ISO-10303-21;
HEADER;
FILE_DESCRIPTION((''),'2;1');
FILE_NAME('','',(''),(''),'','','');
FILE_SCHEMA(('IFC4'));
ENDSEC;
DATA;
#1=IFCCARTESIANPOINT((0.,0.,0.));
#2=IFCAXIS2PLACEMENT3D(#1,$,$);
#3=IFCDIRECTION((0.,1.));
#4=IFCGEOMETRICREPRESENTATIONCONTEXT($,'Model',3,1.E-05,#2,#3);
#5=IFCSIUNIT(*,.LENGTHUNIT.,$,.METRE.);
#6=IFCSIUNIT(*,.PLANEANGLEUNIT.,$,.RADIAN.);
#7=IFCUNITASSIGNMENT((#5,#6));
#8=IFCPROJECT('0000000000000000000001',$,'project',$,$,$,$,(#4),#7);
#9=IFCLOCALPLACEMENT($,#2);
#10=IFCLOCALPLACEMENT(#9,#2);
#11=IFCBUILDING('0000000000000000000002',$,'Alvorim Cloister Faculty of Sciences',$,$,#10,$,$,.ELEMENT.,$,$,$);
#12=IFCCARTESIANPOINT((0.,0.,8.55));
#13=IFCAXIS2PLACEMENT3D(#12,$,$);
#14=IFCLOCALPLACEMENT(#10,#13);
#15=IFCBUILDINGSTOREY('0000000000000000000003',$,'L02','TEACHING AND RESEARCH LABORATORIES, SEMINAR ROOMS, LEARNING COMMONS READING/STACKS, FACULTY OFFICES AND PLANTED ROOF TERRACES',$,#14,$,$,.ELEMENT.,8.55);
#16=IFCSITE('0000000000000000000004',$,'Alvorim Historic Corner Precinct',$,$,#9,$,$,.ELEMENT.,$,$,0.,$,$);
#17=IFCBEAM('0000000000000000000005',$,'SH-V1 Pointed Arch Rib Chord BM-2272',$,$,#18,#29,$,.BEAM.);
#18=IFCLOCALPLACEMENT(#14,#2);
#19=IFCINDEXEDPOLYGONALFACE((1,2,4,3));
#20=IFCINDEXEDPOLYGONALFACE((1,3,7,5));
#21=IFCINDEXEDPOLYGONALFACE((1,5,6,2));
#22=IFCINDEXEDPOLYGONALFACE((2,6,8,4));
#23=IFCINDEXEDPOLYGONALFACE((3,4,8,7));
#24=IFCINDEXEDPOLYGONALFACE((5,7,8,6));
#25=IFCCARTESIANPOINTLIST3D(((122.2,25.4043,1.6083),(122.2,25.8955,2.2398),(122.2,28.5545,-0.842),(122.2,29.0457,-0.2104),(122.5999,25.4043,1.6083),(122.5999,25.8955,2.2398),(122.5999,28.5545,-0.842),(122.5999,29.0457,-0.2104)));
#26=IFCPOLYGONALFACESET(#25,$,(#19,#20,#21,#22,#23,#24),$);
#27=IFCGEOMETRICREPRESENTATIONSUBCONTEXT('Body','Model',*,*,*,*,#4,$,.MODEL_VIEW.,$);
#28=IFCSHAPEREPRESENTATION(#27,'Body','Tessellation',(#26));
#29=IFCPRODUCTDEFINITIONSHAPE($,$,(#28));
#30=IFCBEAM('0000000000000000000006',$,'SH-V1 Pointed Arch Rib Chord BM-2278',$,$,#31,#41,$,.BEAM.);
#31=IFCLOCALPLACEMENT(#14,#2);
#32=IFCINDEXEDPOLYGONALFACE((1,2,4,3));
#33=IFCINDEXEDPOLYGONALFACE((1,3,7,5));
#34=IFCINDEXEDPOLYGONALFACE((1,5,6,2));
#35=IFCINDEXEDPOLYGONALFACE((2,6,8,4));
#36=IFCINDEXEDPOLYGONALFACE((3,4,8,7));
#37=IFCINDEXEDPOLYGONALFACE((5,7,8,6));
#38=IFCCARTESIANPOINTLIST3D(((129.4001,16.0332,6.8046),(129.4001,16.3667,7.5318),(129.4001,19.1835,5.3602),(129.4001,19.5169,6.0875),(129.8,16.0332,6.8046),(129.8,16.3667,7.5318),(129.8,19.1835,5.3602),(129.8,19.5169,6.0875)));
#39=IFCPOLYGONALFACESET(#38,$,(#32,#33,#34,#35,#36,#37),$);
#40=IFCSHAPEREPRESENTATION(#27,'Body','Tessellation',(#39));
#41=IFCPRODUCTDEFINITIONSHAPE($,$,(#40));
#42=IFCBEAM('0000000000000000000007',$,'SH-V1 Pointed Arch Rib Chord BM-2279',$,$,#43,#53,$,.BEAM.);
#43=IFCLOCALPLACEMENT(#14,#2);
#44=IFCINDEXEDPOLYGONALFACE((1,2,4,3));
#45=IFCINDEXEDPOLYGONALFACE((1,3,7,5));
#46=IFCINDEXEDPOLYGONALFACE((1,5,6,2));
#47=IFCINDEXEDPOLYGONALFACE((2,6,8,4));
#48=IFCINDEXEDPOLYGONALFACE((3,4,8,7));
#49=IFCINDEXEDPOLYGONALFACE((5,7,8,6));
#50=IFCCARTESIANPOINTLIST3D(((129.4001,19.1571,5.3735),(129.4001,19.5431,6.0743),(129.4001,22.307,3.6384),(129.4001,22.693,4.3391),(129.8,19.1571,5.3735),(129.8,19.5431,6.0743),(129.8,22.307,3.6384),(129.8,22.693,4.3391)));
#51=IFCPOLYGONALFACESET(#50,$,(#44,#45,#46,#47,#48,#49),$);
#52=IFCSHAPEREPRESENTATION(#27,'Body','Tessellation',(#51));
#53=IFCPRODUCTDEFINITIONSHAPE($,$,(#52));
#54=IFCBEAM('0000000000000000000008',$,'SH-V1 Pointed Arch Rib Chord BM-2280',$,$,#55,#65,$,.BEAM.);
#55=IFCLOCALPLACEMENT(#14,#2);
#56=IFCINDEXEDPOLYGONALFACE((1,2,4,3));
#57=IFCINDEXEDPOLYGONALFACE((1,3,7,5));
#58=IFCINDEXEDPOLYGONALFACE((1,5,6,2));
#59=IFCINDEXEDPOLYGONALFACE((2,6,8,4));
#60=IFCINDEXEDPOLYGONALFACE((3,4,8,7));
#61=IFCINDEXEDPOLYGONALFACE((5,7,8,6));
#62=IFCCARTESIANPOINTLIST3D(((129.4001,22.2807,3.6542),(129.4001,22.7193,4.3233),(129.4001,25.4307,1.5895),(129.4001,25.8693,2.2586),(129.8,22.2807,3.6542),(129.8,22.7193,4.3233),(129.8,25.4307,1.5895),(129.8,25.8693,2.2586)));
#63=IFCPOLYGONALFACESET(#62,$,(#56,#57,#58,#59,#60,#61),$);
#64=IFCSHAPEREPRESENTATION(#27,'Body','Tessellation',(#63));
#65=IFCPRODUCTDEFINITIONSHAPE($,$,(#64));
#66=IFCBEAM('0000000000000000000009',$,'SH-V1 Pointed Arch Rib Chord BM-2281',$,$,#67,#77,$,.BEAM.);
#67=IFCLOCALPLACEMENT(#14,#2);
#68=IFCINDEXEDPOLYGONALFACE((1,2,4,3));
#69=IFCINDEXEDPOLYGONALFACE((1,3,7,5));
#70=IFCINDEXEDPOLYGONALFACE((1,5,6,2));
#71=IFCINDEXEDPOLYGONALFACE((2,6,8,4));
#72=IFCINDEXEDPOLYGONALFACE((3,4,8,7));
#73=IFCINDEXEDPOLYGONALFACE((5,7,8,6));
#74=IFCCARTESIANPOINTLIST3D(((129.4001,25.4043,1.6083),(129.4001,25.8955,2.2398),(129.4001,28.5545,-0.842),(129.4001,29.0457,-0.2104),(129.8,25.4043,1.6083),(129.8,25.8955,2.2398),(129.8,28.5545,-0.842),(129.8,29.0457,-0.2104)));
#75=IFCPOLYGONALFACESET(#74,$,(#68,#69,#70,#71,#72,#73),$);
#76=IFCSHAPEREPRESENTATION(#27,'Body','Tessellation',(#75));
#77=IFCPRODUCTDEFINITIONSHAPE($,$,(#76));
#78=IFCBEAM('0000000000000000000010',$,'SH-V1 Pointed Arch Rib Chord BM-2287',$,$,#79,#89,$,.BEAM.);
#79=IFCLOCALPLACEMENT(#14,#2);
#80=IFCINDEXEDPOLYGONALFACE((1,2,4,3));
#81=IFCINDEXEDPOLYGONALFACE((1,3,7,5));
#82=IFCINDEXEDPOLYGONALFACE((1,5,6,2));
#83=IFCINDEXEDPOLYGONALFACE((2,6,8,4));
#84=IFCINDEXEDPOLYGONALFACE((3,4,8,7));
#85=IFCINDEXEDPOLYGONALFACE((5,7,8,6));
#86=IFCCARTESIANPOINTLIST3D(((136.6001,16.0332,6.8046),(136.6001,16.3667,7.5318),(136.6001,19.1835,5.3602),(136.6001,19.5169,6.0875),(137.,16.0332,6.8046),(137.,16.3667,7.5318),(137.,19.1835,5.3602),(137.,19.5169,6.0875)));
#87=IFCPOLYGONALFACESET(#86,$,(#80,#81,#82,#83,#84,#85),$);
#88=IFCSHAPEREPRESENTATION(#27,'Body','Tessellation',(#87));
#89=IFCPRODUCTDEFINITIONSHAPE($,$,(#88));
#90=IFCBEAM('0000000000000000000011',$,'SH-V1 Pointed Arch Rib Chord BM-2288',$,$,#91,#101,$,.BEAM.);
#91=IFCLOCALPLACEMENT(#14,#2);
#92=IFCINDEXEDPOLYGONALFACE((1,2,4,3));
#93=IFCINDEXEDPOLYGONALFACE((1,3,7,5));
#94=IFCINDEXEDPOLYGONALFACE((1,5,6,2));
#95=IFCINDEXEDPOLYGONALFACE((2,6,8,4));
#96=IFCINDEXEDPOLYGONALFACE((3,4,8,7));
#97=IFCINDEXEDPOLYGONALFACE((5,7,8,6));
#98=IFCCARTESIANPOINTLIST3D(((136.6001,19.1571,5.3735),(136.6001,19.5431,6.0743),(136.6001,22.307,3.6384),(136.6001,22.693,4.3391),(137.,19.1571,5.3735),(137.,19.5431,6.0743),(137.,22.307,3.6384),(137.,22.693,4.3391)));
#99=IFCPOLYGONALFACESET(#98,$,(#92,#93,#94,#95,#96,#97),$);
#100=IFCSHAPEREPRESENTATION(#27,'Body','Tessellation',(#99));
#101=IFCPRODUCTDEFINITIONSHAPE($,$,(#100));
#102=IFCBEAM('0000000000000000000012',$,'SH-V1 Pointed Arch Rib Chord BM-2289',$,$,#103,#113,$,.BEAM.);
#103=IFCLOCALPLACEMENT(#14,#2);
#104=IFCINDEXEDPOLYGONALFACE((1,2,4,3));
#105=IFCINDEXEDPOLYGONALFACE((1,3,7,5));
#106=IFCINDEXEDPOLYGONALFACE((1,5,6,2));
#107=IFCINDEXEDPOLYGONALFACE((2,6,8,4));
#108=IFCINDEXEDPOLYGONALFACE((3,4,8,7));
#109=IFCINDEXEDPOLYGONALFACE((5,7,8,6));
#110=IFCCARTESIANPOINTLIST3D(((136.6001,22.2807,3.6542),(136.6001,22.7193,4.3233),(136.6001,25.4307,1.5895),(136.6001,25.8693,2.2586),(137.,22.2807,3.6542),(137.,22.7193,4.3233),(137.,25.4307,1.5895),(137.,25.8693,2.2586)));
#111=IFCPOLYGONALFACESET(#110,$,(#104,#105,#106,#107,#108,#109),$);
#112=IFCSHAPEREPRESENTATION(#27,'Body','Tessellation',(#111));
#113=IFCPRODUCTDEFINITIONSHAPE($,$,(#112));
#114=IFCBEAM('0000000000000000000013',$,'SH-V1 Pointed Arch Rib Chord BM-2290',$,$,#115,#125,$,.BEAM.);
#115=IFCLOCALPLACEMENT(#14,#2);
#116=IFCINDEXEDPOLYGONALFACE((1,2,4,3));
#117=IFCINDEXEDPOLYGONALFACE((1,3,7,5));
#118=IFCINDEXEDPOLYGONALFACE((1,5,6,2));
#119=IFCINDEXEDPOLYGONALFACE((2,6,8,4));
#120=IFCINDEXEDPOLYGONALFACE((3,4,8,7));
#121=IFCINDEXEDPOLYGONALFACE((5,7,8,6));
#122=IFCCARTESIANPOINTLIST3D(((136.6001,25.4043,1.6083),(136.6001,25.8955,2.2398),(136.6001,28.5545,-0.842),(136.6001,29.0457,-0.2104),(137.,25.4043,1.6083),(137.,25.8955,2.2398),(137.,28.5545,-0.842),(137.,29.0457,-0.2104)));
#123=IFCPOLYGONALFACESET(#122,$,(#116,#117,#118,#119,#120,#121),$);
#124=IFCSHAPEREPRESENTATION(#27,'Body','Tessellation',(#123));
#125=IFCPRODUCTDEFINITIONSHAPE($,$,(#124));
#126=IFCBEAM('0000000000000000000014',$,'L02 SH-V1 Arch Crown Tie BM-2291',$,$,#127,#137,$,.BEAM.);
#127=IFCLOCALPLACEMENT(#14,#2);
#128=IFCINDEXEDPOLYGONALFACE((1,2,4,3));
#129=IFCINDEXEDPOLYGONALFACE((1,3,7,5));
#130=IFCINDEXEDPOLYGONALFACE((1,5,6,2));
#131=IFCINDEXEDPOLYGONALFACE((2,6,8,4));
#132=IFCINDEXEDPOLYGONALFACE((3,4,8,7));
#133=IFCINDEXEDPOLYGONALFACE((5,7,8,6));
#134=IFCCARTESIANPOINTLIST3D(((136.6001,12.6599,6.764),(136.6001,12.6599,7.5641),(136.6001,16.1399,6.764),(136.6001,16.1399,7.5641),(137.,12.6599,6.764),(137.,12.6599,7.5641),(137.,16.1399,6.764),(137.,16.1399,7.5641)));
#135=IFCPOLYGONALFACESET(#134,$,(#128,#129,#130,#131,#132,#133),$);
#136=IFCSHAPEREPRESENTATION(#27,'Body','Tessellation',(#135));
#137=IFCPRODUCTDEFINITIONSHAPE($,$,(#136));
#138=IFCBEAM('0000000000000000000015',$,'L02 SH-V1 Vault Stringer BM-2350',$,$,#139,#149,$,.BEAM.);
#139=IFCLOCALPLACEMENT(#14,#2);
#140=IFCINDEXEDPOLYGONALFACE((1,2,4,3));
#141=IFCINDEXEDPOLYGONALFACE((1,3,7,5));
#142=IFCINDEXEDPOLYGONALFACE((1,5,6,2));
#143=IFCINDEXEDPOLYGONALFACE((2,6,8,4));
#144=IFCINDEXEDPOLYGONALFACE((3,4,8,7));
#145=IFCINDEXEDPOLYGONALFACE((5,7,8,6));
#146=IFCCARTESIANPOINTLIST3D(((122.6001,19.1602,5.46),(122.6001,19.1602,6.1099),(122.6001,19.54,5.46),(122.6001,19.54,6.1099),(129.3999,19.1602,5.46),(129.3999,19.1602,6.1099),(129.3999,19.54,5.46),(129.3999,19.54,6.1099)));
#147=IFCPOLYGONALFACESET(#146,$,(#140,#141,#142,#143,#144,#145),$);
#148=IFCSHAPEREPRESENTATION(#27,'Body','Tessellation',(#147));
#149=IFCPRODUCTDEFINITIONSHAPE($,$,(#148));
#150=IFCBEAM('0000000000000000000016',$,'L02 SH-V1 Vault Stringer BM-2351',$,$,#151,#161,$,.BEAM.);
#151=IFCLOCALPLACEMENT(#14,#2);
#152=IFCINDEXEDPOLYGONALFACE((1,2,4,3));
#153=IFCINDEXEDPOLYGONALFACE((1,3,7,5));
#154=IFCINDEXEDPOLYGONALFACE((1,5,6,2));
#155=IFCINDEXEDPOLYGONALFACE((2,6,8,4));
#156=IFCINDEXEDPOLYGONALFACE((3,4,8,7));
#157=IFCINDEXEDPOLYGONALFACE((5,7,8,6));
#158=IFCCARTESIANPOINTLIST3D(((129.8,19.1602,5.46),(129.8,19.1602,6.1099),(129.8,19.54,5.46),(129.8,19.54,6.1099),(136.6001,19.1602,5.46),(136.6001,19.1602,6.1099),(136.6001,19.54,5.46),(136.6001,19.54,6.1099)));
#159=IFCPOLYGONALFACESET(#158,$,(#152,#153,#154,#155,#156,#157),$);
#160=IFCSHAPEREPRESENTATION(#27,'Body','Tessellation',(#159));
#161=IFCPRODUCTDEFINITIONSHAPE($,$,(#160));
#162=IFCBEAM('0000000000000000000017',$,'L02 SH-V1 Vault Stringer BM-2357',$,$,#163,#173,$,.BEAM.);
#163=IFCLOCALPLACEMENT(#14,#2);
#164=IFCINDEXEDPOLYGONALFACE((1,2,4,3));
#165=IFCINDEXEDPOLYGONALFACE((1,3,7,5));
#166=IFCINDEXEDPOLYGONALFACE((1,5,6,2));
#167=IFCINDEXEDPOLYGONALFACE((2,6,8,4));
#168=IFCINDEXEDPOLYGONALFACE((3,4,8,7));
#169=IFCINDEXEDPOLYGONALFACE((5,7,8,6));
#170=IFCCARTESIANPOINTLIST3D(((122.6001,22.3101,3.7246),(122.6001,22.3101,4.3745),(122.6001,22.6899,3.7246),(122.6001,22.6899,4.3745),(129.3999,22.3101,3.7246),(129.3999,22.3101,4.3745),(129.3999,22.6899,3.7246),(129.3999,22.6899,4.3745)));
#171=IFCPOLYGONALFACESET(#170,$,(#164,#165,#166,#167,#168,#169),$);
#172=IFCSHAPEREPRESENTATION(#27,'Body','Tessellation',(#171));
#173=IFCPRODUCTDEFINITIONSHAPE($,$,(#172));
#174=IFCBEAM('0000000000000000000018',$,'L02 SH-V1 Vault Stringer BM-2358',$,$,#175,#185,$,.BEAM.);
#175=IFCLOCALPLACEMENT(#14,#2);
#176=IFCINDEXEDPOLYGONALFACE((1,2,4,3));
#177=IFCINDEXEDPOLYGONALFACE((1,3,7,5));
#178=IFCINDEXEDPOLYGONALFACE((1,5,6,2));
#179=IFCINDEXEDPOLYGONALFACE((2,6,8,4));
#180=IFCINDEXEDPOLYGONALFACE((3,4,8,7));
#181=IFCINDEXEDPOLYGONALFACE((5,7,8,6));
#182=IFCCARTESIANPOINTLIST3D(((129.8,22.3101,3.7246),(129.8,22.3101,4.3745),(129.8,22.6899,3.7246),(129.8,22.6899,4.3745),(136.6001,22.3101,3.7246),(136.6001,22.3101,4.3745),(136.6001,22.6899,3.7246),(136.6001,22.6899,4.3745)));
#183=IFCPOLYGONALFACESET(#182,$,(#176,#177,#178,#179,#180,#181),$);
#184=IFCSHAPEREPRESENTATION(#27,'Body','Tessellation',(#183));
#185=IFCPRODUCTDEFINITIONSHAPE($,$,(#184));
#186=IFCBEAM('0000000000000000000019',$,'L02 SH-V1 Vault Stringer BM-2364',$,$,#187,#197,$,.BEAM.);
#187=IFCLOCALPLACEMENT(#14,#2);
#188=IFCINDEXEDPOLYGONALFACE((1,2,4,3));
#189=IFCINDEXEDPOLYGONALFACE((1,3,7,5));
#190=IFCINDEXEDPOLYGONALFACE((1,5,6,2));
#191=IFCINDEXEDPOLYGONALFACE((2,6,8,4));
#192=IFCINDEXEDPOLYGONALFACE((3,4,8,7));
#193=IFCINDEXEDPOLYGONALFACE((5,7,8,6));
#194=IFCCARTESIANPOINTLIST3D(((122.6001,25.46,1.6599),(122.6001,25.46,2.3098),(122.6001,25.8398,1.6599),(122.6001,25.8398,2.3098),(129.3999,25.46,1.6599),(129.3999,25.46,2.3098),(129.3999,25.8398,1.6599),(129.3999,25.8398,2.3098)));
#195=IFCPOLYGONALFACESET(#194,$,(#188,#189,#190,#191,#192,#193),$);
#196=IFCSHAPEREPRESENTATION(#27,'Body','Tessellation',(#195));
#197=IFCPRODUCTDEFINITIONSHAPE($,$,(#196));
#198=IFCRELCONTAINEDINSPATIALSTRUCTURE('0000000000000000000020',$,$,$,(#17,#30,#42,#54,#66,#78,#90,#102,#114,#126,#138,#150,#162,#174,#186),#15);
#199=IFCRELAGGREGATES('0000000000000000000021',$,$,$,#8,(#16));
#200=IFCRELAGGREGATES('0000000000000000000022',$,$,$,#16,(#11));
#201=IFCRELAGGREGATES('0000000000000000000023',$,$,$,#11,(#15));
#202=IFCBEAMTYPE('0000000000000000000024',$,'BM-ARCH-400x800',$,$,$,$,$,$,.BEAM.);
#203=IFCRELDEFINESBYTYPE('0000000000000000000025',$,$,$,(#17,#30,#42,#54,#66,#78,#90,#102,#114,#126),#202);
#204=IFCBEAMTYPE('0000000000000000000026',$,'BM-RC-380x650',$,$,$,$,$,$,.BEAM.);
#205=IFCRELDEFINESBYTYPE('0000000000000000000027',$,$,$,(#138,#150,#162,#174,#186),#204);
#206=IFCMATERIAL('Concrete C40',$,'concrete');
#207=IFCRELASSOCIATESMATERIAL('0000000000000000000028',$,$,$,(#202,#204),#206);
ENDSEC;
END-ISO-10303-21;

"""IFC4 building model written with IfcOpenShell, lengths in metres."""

from ifc_helpers import new_model, si_unit, direction, frame, origin, origin_2d, place, context, subcontext, project, spatial, rectangle, extrude, material, material_profile, profile_set, type_object, element, save


model = new_model("IFC4")

# Units and contexts
model_context = context("Model", 3, precision=1e-05, world=origin(), true_north=direction((0.0, 1.0)))
body_context = subcontext(model_context, "Body", "Model", "MODEL_VIEW")
ifc_project = project(units=[si_unit("LENGTHUNIT", "METRE"), si_unit("PLANEANGLEUNIT", "RADIAN")], contexts=[model_context])

# Site, building, storey
site_placement = place(None, origin())
site = spatial("IfcSite", under=ifc_project, at=site_placement, Name="Alvorim Historic Corner Precinct", CompositionType="ELEMENT", RefElevation=0.0)
building_placement = place(site_placement, origin())
building = spatial("IfcBuilding", under=site, at=building_placement, Name="Alvorim Cloister Faculty of Sciences", CompositionType="ELEMENT")
storey_placement = place(building_placement, frame((0.0, 0.0, 8.55)))
storey = spatial("IfcBuildingStorey", under=building, at=storey_placement, Name="L02", Description="TEACHING AND RESEARCH LABORATORIES, SEMINAR ROOMS, LEARNING COMMONS READING/STACKS, FACULTY OFFICES AND PLANTED ROOF TERRACES", CompositionType="ELEMENT", Elevation=8.55)

# Beams
ifc_material = material(Name="Concrete C40", Category="concrete")
ifc_material_profile_1 = material_profile(ifc_material, rectangle(XDim=0.3999, YDim=0.8, at=origin_2d()), Name="RC40-ARCH-400x800")
ifc_profile_set_1 = profile_set([ifc_material_profile_1], Name="Concrete C40")
beam_type_1 = type_object("IfcBeamType", Name="BM-ARCH-400x800", PredefinedType="BEAM", material=ifc_profile_set_1)
beam_1_placement = place(storey_placement, frame((122.3999, 25.6499, 1.9241), z_axis=(0.0, 0.789342, -0.613953), x_axis=(-1.0, 0.0, 0.0)))
element("IfcBeam", 1, at=beam_1_placement, inside=storey, type_object=beam_type_1, Name="SH-V1 Pointed Arch Rib Chord BM-2272", PredefinedType="BEAM", context=body_context, shape_type="SweptSolid", body=[
    extrude(rectangle(XDim=0.3999, YDim=0.8, at=origin_2d()), origin(), (0.0, 0.0, 1.0), 3.991),
])
beam_2_placement = place(storey_placement, frame((129.6001, 16.2, 7.1682), z_axis=(0.0, 0.909008, -0.416778), x_axis=(-1.0, 0.0, 0.0)))
element("IfcBeam", 2, at=beam_2_placement, inside=storey, type_object=beam_type_1, Name="SH-V1 Pointed Arch Rib Chord BM-2278", PredefinedType="BEAM", context=body_context, shape_type="SweptSolid", body=[
    extrude(rectangle(XDim=0.3999, YDim=0.8, at=origin_2d()), origin(), (0.0, 0.0, 1.0), 3.4656),
])
beam_3_placement = place(storey_placement, frame((129.6001, 19.3501, 5.7239), z_axis=(0.0, 0.875903, -0.482487), x_axis=(-1.0, 0.0, 0.0)))
element("IfcBeam", 3, at=beam_3_placement, inside=storey, type_object=beam_type_1, Name="SH-V1 Pointed Arch Rib Chord BM-2279", PredefinedType="BEAM", context=body_context, shape_type="SweptSolid", body=[
    extrude(rectangle(XDim=0.3999, YDim=0.8, at=origin_2d()), origin(), (0.0, 0.0, 1.0), 3.5962),
])
beam_4_placement = place(storey_placement, frame((129.6001, 22.5, 3.9888), z_axis=(0.0, 0.836343, -0.548206), x_axis=(-1.0, 0.0, 0.0)))
element("IfcBeam", 4, at=beam_4_placement, inside=storey, type_object=beam_type_1, Name="SH-V1 Pointed Arch Rib Chord BM-2280", PredefinedType="BEAM", context=body_context, shape_type="SweptSolid", body=[
    extrude(rectangle(XDim=0.3999, YDim=0.8, at=origin_2d()), origin(), (0.0, 0.0, 1.0), 3.7664),
])
beam_5_placement = place(storey_placement, frame((129.6001, 25.6499, 1.9241), z_axis=(0.0, 0.789342, -0.613953), x_axis=(-1.0, 0.0, 0.0)))
element("IfcBeam", 5, at=beam_5_placement, inside=storey, type_object=beam_type_1, Name="SH-V1 Pointed Arch Rib Chord BM-2281", PredefinedType="BEAM", context=body_context, shape_type="SweptSolid", body=[
    extrude(rectangle(XDim=0.3999, YDim=0.8, at=origin_2d()), origin(), (0.0, 0.0, 1.0), 3.991),
])
beam_6_placement = place(storey_placement, frame((136.8, 16.2, 7.1682), z_axis=(0.0, 0.909008, -0.416778), x_axis=(-1.0, 0.0, 0.0)))
element("IfcBeam", 6, at=beam_6_placement, inside=storey, type_object=beam_type_1, Name="SH-V1 Pointed Arch Rib Chord BM-2287", PredefinedType="BEAM", context=body_context, shape_type="SweptSolid", body=[
    extrude(rectangle(XDim=0.3999, YDim=0.8, at=origin_2d()), origin(), (0.0, 0.0, 1.0), 3.4656),
])
beam_7_placement = place(storey_placement, frame((136.8, 19.3501, 5.7239), z_axis=(0.0, 0.875903, -0.482487), x_axis=(-1.0, 0.0, 0.0)))
element("IfcBeam", 7, at=beam_7_placement, inside=storey, type_object=beam_type_1, Name="SH-V1 Pointed Arch Rib Chord BM-2288", PredefinedType="BEAM", context=body_context, shape_type="SweptSolid", body=[
    extrude(rectangle(XDim=0.3999, YDim=0.8, at=origin_2d()), origin(), (0.0, 0.0, 1.0), 3.5962),
])
beam_8_placement = place(storey_placement, frame((136.8, 22.5, 3.9888), z_axis=(0.0, 0.836343, -0.548206), x_axis=(-1.0, 0.0, 0.0)))
element("IfcBeam", 8, at=beam_8_placement, inside=storey, type_object=beam_type_1, Name="SH-V1 Pointed Arch Rib Chord BM-2289", PredefinedType="BEAM", context=body_context, shape_type="SweptSolid", body=[
    extrude(rectangle(XDim=0.3999, YDim=0.8, at=origin_2d()), origin(), (0.0, 0.0, 1.0), 3.7664),
])
beam_9_placement = place(storey_placement, frame((136.8, 25.6499, 1.9241), z_axis=(0.0, 0.789342, -0.613953), x_axis=(-1.0, 0.0, 0.0)))
element("IfcBeam", 9, at=beam_9_placement, inside=storey, type_object=beam_type_1, Name="SH-V1 Pointed Arch Rib Chord BM-2290", PredefinedType="BEAM", context=body_context, shape_type="SweptSolid", body=[
    extrude(rectangle(XDim=0.3999, YDim=0.8, at=origin_2d()), origin(), (0.0, 0.0, 1.0), 3.991),
])
beam_10_placement = place(storey_placement, frame((136.8, 12.6599, 7.1641), z_axis=(0.0, 1.0, 0.0), x_axis=(-1.0, 0.0, 0.0)))
element("IfcBeam", 10, at=beam_10_placement, inside=storey, type_object=beam_type_1, Name="L02 SH-V1 Arch Crown Tie BM-2291", PredefinedType="BEAM", context=body_context, shape_type="SweptSolid", body=[
    extrude(rectangle(XDim=0.3999, YDim=0.8, at=origin_2d()), origin(), (0.0, 0.0, 1.0), 3.48),
])
ifc_material_profile_2 = material_profile(ifc_material, rectangle(XDim=0.3799, YDim=0.6499, at=origin_2d()), Name="RC40-BM-380x650")
ifc_profile_set_2 = profile_set([ifc_material_profile_2], Name="Concrete C40")
beam_type_2 = type_object("IfcBeamType", Name="BM-RC-380x650", PredefinedType="BEAM", material=ifc_profile_set_2)
beam_11_placement = place(storey_placement, frame((122.6001, 19.3501, 5.7849), z_axis=(1.0, 0.0, 0.0), x_axis=(0.0, 1.0, 0.0)))
element("IfcBeam", 11, at=beam_11_placement, inside=storey, type_object=beam_type_2, Name="L02 SH-V1 Vault Stringer BM-2350", PredefinedType="BEAM", context=body_context, shape_type="SweptSolid", body=[
    extrude(rectangle(XDim=0.3799, YDim=0.6499, at=origin_2d()), origin(), (0.0, 0.0, 1.0), 6.7998),
])
beam_12_placement = place(storey_placement, frame((129.8, 19.3501, 5.7849), z_axis=(1.0, 0.0, 0.0), x_axis=(0.0, 1.0, 0.0)))
element("IfcBeam", 12, at=beam_12_placement, inside=storey, type_object=beam_type_2, Name="L02 SH-V1 Vault Stringer BM-2351", PredefinedType="BEAM", context=body_context, shape_type="SweptSolid", body=[
    extrude(rectangle(XDim=0.3799, YDim=0.6499, at=origin_2d()), origin(), (0.0, 0.0, 1.0), 6.8),
])
beam_13_placement = place(storey_placement, frame((122.6001, 22.5, 4.0496), z_axis=(1.0, 0.0, 0.0), x_axis=(0.0, 1.0, 0.0)))
element("IfcBeam", 13, at=beam_13_placement, inside=storey, type_object=beam_type_2, Name="L02 SH-V1 Vault Stringer BM-2357", PredefinedType="BEAM", context=body_context, shape_type="SweptSolid", body=[
    extrude(rectangle(XDim=0.3799, YDim=0.6499, at=origin_2d()), origin(), (0.0, 0.0, 1.0), 6.7998),
])
beam_14_placement = place(storey_placement, frame((129.8, 22.5, 4.0496), z_axis=(1.0, 0.0, 0.0), x_axis=(0.0, 1.0, 0.0)))
element("IfcBeam", 14, at=beam_14_placement, inside=storey, type_object=beam_type_2, Name="L02 SH-V1 Vault Stringer BM-2358", PredefinedType="BEAM", context=body_context, shape_type="SweptSolid", body=[
    extrude(rectangle(XDim=0.3799, YDim=0.6499, at=origin_2d()), origin(), (0.0, 0.0, 1.0), 6.8),
])
beam_15_placement = place(storey_placement, frame((122.6001, 25.6499, 1.9849), z_axis=(1.0, 0.0, 0.0), x_axis=(0.0, 1.0, 0.0)))
element("IfcBeam", 15, at=beam_15_placement, inside=storey, type_object=beam_type_2, Name="L02 SH-V1 Vault Stringer BM-2364", PredefinedType="BEAM", context=body_context, shape_type="SweptSolid", body=[
    extrude(rectangle(XDim=0.3799, YDim=0.6499, at=origin_2d()), origin(), (0.0, 0.0, 1.0), 6.7998),
])

save(model, "model.ifc")
